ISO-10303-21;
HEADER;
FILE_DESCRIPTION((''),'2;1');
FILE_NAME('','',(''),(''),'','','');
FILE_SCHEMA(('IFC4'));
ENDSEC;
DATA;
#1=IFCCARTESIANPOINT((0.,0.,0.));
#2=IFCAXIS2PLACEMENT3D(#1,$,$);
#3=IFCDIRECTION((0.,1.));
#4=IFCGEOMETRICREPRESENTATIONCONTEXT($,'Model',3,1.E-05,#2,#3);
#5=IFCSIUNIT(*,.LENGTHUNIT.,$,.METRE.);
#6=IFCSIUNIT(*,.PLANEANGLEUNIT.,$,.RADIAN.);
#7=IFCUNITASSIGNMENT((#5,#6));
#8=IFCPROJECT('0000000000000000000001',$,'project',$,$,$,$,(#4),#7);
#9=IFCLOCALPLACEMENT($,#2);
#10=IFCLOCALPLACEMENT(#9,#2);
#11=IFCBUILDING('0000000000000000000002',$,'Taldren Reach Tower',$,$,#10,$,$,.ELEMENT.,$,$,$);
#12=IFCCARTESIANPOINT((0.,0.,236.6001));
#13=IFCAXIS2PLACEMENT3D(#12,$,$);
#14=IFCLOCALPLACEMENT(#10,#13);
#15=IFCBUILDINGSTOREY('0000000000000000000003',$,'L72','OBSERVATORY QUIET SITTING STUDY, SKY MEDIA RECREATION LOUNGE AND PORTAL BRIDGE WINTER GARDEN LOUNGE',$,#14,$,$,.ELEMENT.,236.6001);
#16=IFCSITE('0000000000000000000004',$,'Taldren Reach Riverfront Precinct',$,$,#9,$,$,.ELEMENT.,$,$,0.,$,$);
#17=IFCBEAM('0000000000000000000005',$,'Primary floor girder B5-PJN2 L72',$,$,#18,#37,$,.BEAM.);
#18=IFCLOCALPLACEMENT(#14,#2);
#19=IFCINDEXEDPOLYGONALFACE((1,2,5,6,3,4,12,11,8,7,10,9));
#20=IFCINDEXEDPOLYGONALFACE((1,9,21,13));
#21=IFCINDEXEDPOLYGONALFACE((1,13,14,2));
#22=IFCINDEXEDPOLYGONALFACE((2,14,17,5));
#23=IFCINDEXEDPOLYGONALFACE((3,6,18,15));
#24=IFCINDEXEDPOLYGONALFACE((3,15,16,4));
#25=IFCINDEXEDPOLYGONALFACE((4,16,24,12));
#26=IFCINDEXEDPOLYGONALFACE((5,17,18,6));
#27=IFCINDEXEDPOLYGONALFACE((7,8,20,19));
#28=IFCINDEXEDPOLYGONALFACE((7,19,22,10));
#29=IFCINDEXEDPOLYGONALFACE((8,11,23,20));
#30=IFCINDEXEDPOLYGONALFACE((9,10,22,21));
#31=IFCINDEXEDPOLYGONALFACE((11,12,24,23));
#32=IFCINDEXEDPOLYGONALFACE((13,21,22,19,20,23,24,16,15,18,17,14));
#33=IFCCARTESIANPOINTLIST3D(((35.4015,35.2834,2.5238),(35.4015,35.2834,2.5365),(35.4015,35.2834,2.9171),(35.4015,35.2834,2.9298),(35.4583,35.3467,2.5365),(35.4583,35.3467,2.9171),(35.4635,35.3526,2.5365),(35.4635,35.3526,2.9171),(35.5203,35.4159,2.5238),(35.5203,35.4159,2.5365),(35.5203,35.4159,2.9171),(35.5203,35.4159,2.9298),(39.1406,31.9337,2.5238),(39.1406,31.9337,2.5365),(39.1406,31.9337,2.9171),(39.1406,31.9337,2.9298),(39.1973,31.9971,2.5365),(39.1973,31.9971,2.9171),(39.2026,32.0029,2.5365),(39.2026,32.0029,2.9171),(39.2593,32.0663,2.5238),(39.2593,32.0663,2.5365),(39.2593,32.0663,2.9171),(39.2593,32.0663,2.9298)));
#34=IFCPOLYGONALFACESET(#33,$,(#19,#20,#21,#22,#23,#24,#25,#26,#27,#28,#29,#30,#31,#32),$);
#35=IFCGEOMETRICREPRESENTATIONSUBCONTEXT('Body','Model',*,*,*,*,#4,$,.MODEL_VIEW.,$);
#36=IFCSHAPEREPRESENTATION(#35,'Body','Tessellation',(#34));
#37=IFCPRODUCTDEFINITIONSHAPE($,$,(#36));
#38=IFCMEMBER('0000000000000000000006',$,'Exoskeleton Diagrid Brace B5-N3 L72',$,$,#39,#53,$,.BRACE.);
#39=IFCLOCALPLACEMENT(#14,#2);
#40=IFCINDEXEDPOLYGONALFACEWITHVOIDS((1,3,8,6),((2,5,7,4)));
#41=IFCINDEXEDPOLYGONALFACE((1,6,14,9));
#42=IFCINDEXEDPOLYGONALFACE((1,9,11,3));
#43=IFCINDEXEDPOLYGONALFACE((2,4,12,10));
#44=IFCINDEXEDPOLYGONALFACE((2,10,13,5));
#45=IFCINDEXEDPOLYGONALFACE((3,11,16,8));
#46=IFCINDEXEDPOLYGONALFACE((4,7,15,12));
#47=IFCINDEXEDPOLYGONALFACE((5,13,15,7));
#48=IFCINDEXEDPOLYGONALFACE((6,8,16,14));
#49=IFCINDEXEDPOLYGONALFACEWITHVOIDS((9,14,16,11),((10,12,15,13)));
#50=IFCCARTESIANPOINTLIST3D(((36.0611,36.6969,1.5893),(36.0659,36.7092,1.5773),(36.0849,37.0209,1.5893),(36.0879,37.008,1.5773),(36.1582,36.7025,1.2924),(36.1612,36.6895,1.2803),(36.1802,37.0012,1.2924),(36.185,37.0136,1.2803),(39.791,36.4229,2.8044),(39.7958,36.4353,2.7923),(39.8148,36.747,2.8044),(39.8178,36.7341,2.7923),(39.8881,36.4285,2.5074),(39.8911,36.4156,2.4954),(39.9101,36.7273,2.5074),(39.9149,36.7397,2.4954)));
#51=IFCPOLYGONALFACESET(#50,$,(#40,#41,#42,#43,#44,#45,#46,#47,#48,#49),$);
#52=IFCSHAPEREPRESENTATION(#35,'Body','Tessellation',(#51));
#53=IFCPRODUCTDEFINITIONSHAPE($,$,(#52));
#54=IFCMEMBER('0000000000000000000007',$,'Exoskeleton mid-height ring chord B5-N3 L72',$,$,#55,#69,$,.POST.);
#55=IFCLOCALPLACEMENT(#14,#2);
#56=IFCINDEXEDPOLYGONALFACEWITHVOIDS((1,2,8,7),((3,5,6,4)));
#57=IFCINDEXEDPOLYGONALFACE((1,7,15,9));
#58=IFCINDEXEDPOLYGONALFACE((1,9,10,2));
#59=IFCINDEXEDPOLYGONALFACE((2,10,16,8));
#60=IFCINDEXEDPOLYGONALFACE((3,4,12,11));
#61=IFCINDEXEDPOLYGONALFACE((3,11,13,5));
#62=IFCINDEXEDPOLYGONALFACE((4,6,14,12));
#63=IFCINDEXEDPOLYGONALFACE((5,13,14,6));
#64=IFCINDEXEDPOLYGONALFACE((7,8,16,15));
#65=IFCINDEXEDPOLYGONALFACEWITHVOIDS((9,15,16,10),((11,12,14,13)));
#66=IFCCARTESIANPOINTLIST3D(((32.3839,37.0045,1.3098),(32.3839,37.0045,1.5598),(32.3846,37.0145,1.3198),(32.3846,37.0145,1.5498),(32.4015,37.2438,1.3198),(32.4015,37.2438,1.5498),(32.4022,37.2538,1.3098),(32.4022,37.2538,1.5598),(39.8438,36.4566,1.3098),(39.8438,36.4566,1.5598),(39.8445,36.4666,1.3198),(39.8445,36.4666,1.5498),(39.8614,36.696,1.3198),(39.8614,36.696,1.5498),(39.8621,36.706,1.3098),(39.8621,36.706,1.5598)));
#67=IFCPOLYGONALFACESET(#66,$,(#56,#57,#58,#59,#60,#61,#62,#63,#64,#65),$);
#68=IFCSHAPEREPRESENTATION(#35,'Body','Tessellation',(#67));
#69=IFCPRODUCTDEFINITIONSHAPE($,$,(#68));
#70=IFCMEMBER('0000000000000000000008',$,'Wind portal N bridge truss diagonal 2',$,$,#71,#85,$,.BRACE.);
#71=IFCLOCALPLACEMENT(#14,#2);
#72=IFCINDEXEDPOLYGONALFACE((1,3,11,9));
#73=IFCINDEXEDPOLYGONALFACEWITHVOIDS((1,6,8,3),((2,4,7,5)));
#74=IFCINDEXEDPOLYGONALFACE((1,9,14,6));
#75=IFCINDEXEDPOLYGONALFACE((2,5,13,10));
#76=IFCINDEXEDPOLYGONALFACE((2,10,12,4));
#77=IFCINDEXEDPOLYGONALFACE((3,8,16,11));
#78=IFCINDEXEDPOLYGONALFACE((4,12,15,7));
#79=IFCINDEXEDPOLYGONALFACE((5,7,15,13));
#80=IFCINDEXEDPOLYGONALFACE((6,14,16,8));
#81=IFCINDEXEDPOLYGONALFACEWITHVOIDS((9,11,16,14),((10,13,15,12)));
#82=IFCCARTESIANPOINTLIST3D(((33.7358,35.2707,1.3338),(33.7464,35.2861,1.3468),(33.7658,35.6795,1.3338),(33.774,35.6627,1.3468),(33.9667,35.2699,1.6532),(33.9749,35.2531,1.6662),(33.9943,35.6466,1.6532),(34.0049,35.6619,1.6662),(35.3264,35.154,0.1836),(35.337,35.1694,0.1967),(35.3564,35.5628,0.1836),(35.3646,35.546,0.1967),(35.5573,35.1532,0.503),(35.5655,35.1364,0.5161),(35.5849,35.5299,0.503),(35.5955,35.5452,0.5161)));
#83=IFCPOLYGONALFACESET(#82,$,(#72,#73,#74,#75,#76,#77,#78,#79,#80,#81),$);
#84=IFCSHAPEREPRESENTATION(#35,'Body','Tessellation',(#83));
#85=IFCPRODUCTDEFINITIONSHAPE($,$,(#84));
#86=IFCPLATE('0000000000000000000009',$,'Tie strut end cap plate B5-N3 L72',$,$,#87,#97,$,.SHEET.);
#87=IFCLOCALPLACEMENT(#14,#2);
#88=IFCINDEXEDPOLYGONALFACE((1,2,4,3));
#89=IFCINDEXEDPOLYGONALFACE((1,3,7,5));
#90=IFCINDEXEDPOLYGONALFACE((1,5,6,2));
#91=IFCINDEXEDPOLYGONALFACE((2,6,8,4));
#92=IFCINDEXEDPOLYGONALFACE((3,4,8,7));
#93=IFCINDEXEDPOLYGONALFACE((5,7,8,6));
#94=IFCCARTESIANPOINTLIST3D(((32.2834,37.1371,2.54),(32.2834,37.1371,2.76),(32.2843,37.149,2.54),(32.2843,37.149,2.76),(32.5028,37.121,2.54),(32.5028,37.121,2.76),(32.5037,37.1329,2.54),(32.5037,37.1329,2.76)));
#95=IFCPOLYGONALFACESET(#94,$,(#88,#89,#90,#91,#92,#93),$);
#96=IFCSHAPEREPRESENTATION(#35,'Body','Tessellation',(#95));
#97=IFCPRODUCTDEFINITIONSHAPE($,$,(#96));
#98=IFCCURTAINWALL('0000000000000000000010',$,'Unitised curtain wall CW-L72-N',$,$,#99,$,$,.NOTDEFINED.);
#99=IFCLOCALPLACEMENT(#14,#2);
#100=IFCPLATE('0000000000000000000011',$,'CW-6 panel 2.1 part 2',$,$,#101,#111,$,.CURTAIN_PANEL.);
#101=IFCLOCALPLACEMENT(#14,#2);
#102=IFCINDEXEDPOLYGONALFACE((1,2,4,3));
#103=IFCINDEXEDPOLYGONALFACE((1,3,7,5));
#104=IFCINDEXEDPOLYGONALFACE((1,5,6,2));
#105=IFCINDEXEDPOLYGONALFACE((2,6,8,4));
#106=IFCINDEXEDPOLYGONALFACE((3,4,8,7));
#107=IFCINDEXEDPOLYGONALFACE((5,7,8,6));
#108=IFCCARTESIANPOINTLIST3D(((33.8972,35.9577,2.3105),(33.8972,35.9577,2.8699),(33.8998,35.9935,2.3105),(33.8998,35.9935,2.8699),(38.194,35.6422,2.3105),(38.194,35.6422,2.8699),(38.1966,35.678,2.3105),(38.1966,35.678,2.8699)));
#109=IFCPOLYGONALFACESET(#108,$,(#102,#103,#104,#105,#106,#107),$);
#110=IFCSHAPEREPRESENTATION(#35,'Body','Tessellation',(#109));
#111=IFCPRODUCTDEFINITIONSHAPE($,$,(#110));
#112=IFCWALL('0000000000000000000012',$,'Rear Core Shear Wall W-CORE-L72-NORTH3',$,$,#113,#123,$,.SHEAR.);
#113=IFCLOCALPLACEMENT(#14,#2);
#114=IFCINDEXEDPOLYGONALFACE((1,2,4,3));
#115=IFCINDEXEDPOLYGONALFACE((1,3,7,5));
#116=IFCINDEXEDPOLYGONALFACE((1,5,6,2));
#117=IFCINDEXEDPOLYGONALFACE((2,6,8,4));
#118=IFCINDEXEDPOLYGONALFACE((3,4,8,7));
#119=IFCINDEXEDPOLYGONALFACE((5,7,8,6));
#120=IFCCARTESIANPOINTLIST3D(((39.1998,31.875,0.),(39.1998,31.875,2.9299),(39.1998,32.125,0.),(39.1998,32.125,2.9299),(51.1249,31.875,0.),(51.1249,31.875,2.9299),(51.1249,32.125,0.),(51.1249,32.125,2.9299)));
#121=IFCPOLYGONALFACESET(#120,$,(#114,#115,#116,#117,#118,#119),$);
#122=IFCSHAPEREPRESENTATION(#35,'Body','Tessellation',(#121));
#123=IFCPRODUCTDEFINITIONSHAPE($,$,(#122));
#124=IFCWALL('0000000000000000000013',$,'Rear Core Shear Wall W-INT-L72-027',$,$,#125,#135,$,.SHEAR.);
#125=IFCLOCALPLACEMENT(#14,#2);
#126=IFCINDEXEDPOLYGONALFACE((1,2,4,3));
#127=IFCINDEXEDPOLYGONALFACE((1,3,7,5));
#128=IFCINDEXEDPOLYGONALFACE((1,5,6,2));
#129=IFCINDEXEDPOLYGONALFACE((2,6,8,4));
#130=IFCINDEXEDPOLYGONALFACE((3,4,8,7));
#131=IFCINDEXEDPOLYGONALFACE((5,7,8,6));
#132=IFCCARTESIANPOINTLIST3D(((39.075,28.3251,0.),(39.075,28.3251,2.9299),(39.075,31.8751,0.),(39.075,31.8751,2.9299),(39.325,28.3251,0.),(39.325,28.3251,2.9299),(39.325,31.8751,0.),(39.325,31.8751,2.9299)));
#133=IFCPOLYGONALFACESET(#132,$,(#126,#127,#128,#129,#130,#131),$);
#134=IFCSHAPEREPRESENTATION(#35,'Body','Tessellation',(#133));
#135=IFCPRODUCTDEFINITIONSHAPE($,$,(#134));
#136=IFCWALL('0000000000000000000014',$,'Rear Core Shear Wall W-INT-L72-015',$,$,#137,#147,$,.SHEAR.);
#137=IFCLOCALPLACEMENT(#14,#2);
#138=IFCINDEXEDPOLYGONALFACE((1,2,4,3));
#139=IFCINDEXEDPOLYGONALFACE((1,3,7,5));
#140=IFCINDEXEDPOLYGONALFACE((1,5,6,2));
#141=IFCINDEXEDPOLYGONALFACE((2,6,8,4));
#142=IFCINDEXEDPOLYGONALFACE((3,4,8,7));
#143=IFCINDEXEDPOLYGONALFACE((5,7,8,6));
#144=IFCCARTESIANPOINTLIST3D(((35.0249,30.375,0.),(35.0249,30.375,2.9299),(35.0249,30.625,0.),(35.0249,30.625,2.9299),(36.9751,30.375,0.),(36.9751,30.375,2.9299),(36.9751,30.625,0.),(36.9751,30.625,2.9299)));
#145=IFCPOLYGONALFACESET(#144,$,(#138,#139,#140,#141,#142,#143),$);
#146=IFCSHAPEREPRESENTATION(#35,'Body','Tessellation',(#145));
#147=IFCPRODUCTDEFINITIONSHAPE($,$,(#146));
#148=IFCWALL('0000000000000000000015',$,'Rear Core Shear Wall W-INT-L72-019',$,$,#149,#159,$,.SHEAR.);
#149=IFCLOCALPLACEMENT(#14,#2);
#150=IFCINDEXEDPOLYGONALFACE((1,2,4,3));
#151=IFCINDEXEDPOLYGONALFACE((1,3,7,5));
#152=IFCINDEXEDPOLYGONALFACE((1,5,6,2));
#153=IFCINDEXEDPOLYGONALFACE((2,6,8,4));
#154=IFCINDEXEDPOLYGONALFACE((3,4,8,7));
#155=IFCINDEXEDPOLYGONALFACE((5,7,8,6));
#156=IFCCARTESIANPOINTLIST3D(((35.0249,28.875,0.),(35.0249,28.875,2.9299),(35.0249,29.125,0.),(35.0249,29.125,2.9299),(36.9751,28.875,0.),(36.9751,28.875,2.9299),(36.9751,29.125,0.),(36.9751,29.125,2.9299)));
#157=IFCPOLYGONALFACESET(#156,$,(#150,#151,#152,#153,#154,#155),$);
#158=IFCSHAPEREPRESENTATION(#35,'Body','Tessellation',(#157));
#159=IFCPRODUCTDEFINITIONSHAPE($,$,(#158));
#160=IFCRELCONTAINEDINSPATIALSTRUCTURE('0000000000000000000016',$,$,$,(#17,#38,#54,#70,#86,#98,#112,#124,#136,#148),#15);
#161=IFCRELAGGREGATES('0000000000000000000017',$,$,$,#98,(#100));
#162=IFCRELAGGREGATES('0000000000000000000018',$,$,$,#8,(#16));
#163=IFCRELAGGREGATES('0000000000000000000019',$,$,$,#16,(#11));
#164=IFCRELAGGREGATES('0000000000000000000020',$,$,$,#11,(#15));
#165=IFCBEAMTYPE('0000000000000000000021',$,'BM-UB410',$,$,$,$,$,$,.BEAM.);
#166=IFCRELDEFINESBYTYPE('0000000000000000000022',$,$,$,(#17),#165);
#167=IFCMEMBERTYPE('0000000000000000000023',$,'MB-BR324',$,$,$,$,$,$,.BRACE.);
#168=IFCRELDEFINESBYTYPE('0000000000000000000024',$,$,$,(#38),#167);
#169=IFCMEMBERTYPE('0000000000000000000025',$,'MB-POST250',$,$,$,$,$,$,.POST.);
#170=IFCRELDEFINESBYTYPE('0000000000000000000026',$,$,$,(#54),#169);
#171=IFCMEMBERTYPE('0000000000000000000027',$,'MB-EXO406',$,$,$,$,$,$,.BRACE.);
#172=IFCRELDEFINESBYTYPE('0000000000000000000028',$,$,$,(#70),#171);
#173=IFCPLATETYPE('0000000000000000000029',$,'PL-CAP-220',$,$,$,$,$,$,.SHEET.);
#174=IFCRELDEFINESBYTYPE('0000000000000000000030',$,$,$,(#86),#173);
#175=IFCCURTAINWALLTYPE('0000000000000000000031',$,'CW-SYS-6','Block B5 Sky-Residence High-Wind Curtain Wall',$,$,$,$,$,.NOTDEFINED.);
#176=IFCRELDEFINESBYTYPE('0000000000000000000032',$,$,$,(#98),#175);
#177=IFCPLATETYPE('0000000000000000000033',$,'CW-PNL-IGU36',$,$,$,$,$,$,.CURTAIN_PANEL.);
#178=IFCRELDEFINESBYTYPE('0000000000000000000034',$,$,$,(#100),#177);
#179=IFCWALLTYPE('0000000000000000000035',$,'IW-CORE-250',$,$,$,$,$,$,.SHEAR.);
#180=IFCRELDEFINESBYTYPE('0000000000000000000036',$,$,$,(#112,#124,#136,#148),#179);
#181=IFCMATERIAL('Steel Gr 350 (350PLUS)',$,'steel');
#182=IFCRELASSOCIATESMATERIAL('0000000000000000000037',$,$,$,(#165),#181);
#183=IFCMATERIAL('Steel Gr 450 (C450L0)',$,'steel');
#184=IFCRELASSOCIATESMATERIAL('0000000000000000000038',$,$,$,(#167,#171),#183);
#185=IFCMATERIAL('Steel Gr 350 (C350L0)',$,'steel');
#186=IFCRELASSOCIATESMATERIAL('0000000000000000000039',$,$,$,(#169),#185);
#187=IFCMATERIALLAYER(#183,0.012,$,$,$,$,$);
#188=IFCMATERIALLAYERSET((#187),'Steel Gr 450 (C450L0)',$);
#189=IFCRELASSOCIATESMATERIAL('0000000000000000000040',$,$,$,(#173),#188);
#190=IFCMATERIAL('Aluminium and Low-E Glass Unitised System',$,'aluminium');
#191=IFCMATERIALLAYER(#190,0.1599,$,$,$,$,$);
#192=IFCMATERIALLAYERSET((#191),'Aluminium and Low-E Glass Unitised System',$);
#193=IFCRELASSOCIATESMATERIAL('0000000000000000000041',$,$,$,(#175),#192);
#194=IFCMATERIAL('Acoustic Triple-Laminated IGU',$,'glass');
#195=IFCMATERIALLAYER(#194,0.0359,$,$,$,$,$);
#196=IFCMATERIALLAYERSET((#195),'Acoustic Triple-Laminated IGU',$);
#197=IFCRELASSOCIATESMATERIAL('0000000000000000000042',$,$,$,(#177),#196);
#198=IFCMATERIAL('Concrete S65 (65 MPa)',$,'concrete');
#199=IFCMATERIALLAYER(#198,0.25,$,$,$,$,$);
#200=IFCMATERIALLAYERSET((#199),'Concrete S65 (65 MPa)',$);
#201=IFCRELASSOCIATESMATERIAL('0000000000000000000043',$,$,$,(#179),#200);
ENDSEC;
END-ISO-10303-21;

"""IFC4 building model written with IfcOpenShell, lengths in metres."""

from ifc_helpers import new_model, si_unit, direction, frame, frame_2d, origin, origin_2d, place, context, subcontext, project, spatial, rectangle, hollow_rectangle, i_section, extrude, source, transform, mapped, material, layer, layer_set, material_profile, profile_set, type_object, element, aggregate, save


model = new_model("IFC4")

# Units and contexts
model_context = context("Model", 3, precision=1e-05, world=origin(), true_north=direction((0.0, 1.0)))
body_context = subcontext(model_context, "Body", "Model", "MODEL_VIEW")
ifc_project = project(units=[si_unit("LENGTHUNIT", "METRE"), si_unit("PLANEANGLEUNIT", "RADIAN")], contexts=[model_context])

# Site, building, storey
site_placement = place(None, origin())
site = spatial("IfcSite", under=ifc_project, at=site_placement, Name="Taldren Reach Riverfront Precinct", CompositionType="ELEMENT", RefElevation=0.0)
building_placement = place(site_placement, origin())
building = spatial("IfcBuilding", under=site, at=building_placement, Name="Taldren Reach Tower", CompositionType="ELEMENT")
storey_placement = place(building_placement, frame((0.0, 0.0, 236.6001)))
storey = spatial("IfcBuildingStorey", under=building, at=storey_placement, Name="L72", Description="OBSERVATORY QUIET SITTING STUDY, SKY MEDIA RECREATION LOUNGE AND PORTAL BRIDGE WINTER GARDEN LOUNGE", CompositionType="ELEMENT", Elevation=236.6001)

# Shared definitions
ifc_material_1 = material(Name="Steel Gr 450 (C450L0)", Category="steel")
ifc_material_2 = material(Name="Steel Gr 350 (C350L0)", Category="steel")
ifc_material_3 = material(Name="Steel Gr 350 (350PLUS)", Category="steel")

# Beam
ifc_material_profile_1 = material_profile(ifc_material_3, i_section(OverallWidth=0.178, OverallDepth=0.406, WebThickness=0.0078, FlangeThickness=0.0127, at=origin_2d()), Name="410UB59.7")
ifc_profile_set_1 = profile_set([ifc_material_profile_1], Name="Steel Gr 350 (350PLUS)")
beam_type_1 = type_object("IfcBeamType", Name="BM-UB410", PredefinedType="BEAM", material=ifc_profile_set_1)
shared_shape_1 = source(origin(), body_context, "Body", "SweptSolid", [
    extrude(i_section(OverallWidth=0.178, OverallDepth=0.406, WebThickness=0.0078, FlangeThickness=0.0127, at=origin_2d()), origin(), (0.0, 0.0, 1.0), 5.02),
])
beam_1_placement = place(storey_placement, frame((39.2, 32.0, 2.7268), z_axis=(-0.744828, 0.667257, 0.0), x_axis=(-0.667257, -0.744828, 0.0)))
element("IfcBeam", 1, at=beam_1_placement, inside=storey, type_object=beam_type_1, Name="Primary floor girder B5-PJN2 L72", PredefinedType="BEAM", context=body_context, shape_type="MappedRepresentation", body=[
    mapped(shared_shape_1, transform((0.0, 0.0, 0.0), scale=1.0)),
])

# Members
ifc_material_profile_2 = material_profile(ifc_material_1, hollow_rectangle(XDim=0.325, YDim=0.325, WallThickness=0.0127, at=origin_2d()), Name="325x325x12.7SHS")
ifc_profile_set_2 = profile_set([ifc_material_profile_2], Name="Steel Gr 450 (C450L0)")
member_type_1 = type_object("IfcMemberType", Name="MB-BR324", PredefinedType="BRACE", material=ifc_profile_set_2)
shared_shape_2 = source(origin(), body_context, "Body", "SweptSolid", [
    extrude(hollow_rectangle(XDim=0.325, YDim=0.325, WallThickness=0.0127, at=origin_2d()), origin(), (0.0, 0.0, 1.0), 3.9324),
])
member_1_placement = place(storey_placement, frame((36.123, 36.8552, 1.4348), z_axis=(0.948511, -0.069658, 0.308989), x_axis=(0.073242, 0.997314, 0.0)))
element("IfcMember", 2, at=member_1_placement, inside=storey, type_object=member_type_1, Name="Exoskeleton Diagrid Brace B5-N3 L72", PredefinedType="BRACE", context=body_context, shape_type="MappedRepresentation", body=[
    mapped(shared_shape_2, transform((0.0, 0.0, 0.0), scale=1.0)),
])
ifc_material_profile_3 = material_profile(ifc_material_2, hollow_rectangle(XDim=0.25, YDim=0.25, WallThickness=0.01, at=origin_2d()), Name="250x250x10.0SHS")
ifc_profile_set_3 = profile_set([ifc_material_profile_3], Name="Steel Gr 350 (C350L0)")
member_type_2 = type_object("IfcMemberType", Name="MB-POST250", PredefinedType="POST", material=ifc_profile_set_3)
shared_shape_3 = source(origin(), body_context, "Body", "SweptSolid", [
    extrude(hollow_rectangle(XDim=0.25, YDim=0.25, WallThickness=0.01, at=origin_2d()), origin(), (0.0, 0.0, 1.0), 7.48),
])
member_2_placement = place(storey_placement, frame((32.3931, 37.1292, 1.4348), z_axis=(0.997314, -0.073242, 0.0), x_axis=(0.073242, 0.997314, 0.0)))
element("IfcMember", 3, at=member_2_placement, inside=storey, type_object=member_type_2, Name="Exoskeleton mid-height ring chord B5-N3 L72", PredefinedType="POST", context=body_context, shape_type="MappedRepresentation", body=[
    mapped(shared_shape_3, transform((0.0, 0.0, 0.0), scale=1.0)),
])
ifc_material_profile_4 = material_profile(ifc_material_1, hollow_rectangle(XDim=0.4099, YDim=0.4099, WallThickness=0.0161, at=origin_2d()), Name="410x410x16.0SHS")
ifc_profile_set_4 = profile_set([ifc_material_profile_4], Name="Steel Gr 450 (C450L0)")
member_type_3 = type_object("IfcMemberType", Name="MB-EXO406", PredefinedType="BRACE", material=ifc_profile_set_4)
shared_shape_4 = source(origin(), body_context, "Body", "SweptSolid", [
    extrude(hollow_rectangle(XDim=0.4099, YDim=0.4099, WallThickness=0.0161, at=origin_2d()), origin(), (0.0, 0.0, 1.0), 1.9663),
])
member_3_placement = place(storey_placement, frame((33.8704, 35.4663, 1.5), z_axis=(0.808913, -0.059349, -0.584925), x_axis=(0.073172, 0.997319, 0.0)))
element("IfcMember", 4, at=member_3_placement, inside=storey, type_object=member_type_3, Name="Wind portal N bridge truss diagonal 2", PredefinedType="BRACE", context=body_context, shape_type="MappedRepresentation", body=[
    mapped(shared_shape_4, transform((0.0, 0.0, 0.0), scale=1.0)),
])

# Plate
ifc_layer_1 = layer(ifc_material_1, 0.012)
ifc_layer_set_1 = layer_set([ifc_layer_1], Name="Steel Gr 450 (C450L0)")
plate_type_1 = type_object("IfcPlateType", Name="PL-CAP-220", PredefinedType="SHEET", material=ifc_layer_set_1)
shared_shape_5 = source(origin(), body_context, "Body", "SweptSolid", [
    extrude(rectangle(XDim=0.22, YDim=0.012, at=origin_2d()), origin(), (0.0, 0.0, 1.0), 0.22),
])
plate_1_placement = place(storey_placement, frame((32.3936, 37.135, 2.54), z_axis=(0.0, 0.0, 1.0), x_axis=(0.997314, -0.073238, 0.0)))
element("IfcPlate", 5, at=plate_1_placement, inside=storey, type_object=plate_type_1, Name="Tie strut end cap plate B5-N3 L72", PredefinedType="SHEET", context=body_context, shape_type="MappedRepresentation", body=[
    mapped(shared_shape_5, transform((0.0, 0.0, 0.0), scale=1.0)),
])

# Curtain wall, plate
ifc_material_4 = material(Name="Aluminium and Low-E Glass Unitised System", Category="aluminium")
ifc_layer_2 = layer(ifc_material_4, 0.1599)
ifc_layer_set_2 = layer_set([ifc_layer_2], Name="Aluminium and Low-E Glass Unitised System")
curtain_wall_type = type_object("IfcCurtainWallType", Name="CW-SYS-6", Description="Block B5 Sky-Residence High-Wind Curtain Wall", PredefinedType="NOTDEFINED", material=ifc_layer_set_2)
curtain_wall_placement = place(storey_placement, origin())
curtain_wall = element("IfcCurtainWall", 6, at=curtain_wall_placement, inside=storey, type_object=curtain_wall_type, Name="Unitised curtain wall CW-L72-N", PredefinedType="NOTDEFINED")
ifc_material_5 = material(Name="Acoustic Triple-Laminated IGU", Category="glass")
ifc_layer_3 = layer(ifc_material_5, 0.0359)
ifc_layer_set_3 = layer_set([ifc_layer_3], Name="Acoustic Triple-Laminated IGU")
plate_type_2 = type_object("IfcPlateType", Name="CW-PNL-IGU36", PredefinedType="CURTAIN_PANEL", material=ifc_layer_set_3)
shared_shape_6 = source(origin(), body_context, "Body", "SweptSolid", [
    extrude(rectangle(XDim=4.3083, YDim=0.0359, at=origin_2d()), origin(), (0.0, 0.0, 1.0), 0.5593),
])
plate_2_placement = place(storey_placement, frame((36.0469, 35.8179, 2.3105), z_axis=(0.0, 0.0, 1.0), x_axis=(-0.997314, 0.073238, 0.0)))
plate_2 = element("IfcPlate", 7, at=plate_2_placement, type_object=plate_type_2, Name="CW-6 panel 2.1 part 2", PredefinedType="CURTAIN_PANEL", context=body_context, shape_type="MappedRepresentation", body=[
    mapped(shared_shape_6, transform((0.0, 0.0, 0.0), scale=1.0)),
])
aggregate(curtain_wall, [plate_2])

# Walls
ifc_material_6 = material(Name="Concrete S65 (65 MPa)", Category="concrete")
ifc_layer_4 = layer(ifc_material_6, 0.25)
ifc_layer_set_4 = layer_set([ifc_layer_4], Name="Concrete S65 (65 MPa)")
wall_type_1 = type_object("IfcWallType", Name="IW-CORE-250", PredefinedType="SHEAR", material=ifc_layer_set_4)
shared_shape_7 = source(origin(), body_context, "Body", "SweptSolid", [
    extrude(rectangle(XDim=11.925, YDim=0.25, at=frame_2d((5.9624, 0.0))), origin(), (0.0, 0.0, 1.0), 2.9299),
])
wall_1_placement = place(storey_placement, frame((39.2, 32.0, 0.0), z_axis=(0.0, 0.0, 1.0), x_axis=(1.0, 0.0, 0.0)))
element("IfcWall", 8, at=wall_1_placement, inside=storey, type_object=wall_type_1, Name="Rear Core Shear Wall W-CORE-L72-NORTH3", PredefinedType="SHEAR", context=body_context, shape_type="MappedRepresentation", body=[
    mapped(shared_shape_7, transform((0.0, 0.0, 0.0), scale=1.0)),
])
shared_shape_8 = source(origin(), body_context, "Body", "SweptSolid", [
    extrude(rectangle(XDim=3.55, YDim=0.25, at=frame_2d((1.7749, 0.0))), origin(), (0.0, 0.0, 1.0), 2.9299),
])
wall_2_placement = place(storey_placement, frame((39.2, 31.875, 0.0), z_axis=(0.0, 0.0, 1.0), x_axis=(0.0, -1.0, 0.0)))
element("IfcWall", 9, at=wall_2_placement, inside=storey, type_object=wall_type_1, Name="Rear Core Shear Wall W-INT-L72-027", PredefinedType="SHEAR", context=body_context, shape_type="MappedRepresentation", body=[
    mapped(shared_shape_8, transform((0.0, 0.0, 0.0), scale=1.0)),
])
shared_shape_9 = source(origin(), body_context, "Body", "SweptSolid", [
    extrude(rectangle(XDim=1.9502, YDim=0.25, at=frame_2d((0.9751, 0.0))), origin(), (0.0, 0.0, 1.0), 2.9299),
])
for number, where, z_axis, x_axis, name in (
    (10, (35.0249, 30.5, 0.0), (0.0, 0.0, 1.0), (1.0, 0.0, 0.0), "Rear Core Shear Wall W-INT-L72-015"),
    (11, (35.0249, 29.0, 0.0), (0.0, 0.0, 1.0), (1.0, 0.0, 0.0), "Rear Core Shear Wall W-INT-L72-019"),
):
    element("IfcWall", number, at=place(storey_placement, frame(where, z_axis=z_axis, x_axis=x_axis)), inside=storey, type_object=wall_type_1, Name=name, PredefinedType="SHEAR", context=body_context, shape_type="MappedRepresentation", body=[
        mapped(shared_shape_9, transform((0.0, 0.0, 0.0), scale=1.0)),
    ])

save(model, "model.ifc")
